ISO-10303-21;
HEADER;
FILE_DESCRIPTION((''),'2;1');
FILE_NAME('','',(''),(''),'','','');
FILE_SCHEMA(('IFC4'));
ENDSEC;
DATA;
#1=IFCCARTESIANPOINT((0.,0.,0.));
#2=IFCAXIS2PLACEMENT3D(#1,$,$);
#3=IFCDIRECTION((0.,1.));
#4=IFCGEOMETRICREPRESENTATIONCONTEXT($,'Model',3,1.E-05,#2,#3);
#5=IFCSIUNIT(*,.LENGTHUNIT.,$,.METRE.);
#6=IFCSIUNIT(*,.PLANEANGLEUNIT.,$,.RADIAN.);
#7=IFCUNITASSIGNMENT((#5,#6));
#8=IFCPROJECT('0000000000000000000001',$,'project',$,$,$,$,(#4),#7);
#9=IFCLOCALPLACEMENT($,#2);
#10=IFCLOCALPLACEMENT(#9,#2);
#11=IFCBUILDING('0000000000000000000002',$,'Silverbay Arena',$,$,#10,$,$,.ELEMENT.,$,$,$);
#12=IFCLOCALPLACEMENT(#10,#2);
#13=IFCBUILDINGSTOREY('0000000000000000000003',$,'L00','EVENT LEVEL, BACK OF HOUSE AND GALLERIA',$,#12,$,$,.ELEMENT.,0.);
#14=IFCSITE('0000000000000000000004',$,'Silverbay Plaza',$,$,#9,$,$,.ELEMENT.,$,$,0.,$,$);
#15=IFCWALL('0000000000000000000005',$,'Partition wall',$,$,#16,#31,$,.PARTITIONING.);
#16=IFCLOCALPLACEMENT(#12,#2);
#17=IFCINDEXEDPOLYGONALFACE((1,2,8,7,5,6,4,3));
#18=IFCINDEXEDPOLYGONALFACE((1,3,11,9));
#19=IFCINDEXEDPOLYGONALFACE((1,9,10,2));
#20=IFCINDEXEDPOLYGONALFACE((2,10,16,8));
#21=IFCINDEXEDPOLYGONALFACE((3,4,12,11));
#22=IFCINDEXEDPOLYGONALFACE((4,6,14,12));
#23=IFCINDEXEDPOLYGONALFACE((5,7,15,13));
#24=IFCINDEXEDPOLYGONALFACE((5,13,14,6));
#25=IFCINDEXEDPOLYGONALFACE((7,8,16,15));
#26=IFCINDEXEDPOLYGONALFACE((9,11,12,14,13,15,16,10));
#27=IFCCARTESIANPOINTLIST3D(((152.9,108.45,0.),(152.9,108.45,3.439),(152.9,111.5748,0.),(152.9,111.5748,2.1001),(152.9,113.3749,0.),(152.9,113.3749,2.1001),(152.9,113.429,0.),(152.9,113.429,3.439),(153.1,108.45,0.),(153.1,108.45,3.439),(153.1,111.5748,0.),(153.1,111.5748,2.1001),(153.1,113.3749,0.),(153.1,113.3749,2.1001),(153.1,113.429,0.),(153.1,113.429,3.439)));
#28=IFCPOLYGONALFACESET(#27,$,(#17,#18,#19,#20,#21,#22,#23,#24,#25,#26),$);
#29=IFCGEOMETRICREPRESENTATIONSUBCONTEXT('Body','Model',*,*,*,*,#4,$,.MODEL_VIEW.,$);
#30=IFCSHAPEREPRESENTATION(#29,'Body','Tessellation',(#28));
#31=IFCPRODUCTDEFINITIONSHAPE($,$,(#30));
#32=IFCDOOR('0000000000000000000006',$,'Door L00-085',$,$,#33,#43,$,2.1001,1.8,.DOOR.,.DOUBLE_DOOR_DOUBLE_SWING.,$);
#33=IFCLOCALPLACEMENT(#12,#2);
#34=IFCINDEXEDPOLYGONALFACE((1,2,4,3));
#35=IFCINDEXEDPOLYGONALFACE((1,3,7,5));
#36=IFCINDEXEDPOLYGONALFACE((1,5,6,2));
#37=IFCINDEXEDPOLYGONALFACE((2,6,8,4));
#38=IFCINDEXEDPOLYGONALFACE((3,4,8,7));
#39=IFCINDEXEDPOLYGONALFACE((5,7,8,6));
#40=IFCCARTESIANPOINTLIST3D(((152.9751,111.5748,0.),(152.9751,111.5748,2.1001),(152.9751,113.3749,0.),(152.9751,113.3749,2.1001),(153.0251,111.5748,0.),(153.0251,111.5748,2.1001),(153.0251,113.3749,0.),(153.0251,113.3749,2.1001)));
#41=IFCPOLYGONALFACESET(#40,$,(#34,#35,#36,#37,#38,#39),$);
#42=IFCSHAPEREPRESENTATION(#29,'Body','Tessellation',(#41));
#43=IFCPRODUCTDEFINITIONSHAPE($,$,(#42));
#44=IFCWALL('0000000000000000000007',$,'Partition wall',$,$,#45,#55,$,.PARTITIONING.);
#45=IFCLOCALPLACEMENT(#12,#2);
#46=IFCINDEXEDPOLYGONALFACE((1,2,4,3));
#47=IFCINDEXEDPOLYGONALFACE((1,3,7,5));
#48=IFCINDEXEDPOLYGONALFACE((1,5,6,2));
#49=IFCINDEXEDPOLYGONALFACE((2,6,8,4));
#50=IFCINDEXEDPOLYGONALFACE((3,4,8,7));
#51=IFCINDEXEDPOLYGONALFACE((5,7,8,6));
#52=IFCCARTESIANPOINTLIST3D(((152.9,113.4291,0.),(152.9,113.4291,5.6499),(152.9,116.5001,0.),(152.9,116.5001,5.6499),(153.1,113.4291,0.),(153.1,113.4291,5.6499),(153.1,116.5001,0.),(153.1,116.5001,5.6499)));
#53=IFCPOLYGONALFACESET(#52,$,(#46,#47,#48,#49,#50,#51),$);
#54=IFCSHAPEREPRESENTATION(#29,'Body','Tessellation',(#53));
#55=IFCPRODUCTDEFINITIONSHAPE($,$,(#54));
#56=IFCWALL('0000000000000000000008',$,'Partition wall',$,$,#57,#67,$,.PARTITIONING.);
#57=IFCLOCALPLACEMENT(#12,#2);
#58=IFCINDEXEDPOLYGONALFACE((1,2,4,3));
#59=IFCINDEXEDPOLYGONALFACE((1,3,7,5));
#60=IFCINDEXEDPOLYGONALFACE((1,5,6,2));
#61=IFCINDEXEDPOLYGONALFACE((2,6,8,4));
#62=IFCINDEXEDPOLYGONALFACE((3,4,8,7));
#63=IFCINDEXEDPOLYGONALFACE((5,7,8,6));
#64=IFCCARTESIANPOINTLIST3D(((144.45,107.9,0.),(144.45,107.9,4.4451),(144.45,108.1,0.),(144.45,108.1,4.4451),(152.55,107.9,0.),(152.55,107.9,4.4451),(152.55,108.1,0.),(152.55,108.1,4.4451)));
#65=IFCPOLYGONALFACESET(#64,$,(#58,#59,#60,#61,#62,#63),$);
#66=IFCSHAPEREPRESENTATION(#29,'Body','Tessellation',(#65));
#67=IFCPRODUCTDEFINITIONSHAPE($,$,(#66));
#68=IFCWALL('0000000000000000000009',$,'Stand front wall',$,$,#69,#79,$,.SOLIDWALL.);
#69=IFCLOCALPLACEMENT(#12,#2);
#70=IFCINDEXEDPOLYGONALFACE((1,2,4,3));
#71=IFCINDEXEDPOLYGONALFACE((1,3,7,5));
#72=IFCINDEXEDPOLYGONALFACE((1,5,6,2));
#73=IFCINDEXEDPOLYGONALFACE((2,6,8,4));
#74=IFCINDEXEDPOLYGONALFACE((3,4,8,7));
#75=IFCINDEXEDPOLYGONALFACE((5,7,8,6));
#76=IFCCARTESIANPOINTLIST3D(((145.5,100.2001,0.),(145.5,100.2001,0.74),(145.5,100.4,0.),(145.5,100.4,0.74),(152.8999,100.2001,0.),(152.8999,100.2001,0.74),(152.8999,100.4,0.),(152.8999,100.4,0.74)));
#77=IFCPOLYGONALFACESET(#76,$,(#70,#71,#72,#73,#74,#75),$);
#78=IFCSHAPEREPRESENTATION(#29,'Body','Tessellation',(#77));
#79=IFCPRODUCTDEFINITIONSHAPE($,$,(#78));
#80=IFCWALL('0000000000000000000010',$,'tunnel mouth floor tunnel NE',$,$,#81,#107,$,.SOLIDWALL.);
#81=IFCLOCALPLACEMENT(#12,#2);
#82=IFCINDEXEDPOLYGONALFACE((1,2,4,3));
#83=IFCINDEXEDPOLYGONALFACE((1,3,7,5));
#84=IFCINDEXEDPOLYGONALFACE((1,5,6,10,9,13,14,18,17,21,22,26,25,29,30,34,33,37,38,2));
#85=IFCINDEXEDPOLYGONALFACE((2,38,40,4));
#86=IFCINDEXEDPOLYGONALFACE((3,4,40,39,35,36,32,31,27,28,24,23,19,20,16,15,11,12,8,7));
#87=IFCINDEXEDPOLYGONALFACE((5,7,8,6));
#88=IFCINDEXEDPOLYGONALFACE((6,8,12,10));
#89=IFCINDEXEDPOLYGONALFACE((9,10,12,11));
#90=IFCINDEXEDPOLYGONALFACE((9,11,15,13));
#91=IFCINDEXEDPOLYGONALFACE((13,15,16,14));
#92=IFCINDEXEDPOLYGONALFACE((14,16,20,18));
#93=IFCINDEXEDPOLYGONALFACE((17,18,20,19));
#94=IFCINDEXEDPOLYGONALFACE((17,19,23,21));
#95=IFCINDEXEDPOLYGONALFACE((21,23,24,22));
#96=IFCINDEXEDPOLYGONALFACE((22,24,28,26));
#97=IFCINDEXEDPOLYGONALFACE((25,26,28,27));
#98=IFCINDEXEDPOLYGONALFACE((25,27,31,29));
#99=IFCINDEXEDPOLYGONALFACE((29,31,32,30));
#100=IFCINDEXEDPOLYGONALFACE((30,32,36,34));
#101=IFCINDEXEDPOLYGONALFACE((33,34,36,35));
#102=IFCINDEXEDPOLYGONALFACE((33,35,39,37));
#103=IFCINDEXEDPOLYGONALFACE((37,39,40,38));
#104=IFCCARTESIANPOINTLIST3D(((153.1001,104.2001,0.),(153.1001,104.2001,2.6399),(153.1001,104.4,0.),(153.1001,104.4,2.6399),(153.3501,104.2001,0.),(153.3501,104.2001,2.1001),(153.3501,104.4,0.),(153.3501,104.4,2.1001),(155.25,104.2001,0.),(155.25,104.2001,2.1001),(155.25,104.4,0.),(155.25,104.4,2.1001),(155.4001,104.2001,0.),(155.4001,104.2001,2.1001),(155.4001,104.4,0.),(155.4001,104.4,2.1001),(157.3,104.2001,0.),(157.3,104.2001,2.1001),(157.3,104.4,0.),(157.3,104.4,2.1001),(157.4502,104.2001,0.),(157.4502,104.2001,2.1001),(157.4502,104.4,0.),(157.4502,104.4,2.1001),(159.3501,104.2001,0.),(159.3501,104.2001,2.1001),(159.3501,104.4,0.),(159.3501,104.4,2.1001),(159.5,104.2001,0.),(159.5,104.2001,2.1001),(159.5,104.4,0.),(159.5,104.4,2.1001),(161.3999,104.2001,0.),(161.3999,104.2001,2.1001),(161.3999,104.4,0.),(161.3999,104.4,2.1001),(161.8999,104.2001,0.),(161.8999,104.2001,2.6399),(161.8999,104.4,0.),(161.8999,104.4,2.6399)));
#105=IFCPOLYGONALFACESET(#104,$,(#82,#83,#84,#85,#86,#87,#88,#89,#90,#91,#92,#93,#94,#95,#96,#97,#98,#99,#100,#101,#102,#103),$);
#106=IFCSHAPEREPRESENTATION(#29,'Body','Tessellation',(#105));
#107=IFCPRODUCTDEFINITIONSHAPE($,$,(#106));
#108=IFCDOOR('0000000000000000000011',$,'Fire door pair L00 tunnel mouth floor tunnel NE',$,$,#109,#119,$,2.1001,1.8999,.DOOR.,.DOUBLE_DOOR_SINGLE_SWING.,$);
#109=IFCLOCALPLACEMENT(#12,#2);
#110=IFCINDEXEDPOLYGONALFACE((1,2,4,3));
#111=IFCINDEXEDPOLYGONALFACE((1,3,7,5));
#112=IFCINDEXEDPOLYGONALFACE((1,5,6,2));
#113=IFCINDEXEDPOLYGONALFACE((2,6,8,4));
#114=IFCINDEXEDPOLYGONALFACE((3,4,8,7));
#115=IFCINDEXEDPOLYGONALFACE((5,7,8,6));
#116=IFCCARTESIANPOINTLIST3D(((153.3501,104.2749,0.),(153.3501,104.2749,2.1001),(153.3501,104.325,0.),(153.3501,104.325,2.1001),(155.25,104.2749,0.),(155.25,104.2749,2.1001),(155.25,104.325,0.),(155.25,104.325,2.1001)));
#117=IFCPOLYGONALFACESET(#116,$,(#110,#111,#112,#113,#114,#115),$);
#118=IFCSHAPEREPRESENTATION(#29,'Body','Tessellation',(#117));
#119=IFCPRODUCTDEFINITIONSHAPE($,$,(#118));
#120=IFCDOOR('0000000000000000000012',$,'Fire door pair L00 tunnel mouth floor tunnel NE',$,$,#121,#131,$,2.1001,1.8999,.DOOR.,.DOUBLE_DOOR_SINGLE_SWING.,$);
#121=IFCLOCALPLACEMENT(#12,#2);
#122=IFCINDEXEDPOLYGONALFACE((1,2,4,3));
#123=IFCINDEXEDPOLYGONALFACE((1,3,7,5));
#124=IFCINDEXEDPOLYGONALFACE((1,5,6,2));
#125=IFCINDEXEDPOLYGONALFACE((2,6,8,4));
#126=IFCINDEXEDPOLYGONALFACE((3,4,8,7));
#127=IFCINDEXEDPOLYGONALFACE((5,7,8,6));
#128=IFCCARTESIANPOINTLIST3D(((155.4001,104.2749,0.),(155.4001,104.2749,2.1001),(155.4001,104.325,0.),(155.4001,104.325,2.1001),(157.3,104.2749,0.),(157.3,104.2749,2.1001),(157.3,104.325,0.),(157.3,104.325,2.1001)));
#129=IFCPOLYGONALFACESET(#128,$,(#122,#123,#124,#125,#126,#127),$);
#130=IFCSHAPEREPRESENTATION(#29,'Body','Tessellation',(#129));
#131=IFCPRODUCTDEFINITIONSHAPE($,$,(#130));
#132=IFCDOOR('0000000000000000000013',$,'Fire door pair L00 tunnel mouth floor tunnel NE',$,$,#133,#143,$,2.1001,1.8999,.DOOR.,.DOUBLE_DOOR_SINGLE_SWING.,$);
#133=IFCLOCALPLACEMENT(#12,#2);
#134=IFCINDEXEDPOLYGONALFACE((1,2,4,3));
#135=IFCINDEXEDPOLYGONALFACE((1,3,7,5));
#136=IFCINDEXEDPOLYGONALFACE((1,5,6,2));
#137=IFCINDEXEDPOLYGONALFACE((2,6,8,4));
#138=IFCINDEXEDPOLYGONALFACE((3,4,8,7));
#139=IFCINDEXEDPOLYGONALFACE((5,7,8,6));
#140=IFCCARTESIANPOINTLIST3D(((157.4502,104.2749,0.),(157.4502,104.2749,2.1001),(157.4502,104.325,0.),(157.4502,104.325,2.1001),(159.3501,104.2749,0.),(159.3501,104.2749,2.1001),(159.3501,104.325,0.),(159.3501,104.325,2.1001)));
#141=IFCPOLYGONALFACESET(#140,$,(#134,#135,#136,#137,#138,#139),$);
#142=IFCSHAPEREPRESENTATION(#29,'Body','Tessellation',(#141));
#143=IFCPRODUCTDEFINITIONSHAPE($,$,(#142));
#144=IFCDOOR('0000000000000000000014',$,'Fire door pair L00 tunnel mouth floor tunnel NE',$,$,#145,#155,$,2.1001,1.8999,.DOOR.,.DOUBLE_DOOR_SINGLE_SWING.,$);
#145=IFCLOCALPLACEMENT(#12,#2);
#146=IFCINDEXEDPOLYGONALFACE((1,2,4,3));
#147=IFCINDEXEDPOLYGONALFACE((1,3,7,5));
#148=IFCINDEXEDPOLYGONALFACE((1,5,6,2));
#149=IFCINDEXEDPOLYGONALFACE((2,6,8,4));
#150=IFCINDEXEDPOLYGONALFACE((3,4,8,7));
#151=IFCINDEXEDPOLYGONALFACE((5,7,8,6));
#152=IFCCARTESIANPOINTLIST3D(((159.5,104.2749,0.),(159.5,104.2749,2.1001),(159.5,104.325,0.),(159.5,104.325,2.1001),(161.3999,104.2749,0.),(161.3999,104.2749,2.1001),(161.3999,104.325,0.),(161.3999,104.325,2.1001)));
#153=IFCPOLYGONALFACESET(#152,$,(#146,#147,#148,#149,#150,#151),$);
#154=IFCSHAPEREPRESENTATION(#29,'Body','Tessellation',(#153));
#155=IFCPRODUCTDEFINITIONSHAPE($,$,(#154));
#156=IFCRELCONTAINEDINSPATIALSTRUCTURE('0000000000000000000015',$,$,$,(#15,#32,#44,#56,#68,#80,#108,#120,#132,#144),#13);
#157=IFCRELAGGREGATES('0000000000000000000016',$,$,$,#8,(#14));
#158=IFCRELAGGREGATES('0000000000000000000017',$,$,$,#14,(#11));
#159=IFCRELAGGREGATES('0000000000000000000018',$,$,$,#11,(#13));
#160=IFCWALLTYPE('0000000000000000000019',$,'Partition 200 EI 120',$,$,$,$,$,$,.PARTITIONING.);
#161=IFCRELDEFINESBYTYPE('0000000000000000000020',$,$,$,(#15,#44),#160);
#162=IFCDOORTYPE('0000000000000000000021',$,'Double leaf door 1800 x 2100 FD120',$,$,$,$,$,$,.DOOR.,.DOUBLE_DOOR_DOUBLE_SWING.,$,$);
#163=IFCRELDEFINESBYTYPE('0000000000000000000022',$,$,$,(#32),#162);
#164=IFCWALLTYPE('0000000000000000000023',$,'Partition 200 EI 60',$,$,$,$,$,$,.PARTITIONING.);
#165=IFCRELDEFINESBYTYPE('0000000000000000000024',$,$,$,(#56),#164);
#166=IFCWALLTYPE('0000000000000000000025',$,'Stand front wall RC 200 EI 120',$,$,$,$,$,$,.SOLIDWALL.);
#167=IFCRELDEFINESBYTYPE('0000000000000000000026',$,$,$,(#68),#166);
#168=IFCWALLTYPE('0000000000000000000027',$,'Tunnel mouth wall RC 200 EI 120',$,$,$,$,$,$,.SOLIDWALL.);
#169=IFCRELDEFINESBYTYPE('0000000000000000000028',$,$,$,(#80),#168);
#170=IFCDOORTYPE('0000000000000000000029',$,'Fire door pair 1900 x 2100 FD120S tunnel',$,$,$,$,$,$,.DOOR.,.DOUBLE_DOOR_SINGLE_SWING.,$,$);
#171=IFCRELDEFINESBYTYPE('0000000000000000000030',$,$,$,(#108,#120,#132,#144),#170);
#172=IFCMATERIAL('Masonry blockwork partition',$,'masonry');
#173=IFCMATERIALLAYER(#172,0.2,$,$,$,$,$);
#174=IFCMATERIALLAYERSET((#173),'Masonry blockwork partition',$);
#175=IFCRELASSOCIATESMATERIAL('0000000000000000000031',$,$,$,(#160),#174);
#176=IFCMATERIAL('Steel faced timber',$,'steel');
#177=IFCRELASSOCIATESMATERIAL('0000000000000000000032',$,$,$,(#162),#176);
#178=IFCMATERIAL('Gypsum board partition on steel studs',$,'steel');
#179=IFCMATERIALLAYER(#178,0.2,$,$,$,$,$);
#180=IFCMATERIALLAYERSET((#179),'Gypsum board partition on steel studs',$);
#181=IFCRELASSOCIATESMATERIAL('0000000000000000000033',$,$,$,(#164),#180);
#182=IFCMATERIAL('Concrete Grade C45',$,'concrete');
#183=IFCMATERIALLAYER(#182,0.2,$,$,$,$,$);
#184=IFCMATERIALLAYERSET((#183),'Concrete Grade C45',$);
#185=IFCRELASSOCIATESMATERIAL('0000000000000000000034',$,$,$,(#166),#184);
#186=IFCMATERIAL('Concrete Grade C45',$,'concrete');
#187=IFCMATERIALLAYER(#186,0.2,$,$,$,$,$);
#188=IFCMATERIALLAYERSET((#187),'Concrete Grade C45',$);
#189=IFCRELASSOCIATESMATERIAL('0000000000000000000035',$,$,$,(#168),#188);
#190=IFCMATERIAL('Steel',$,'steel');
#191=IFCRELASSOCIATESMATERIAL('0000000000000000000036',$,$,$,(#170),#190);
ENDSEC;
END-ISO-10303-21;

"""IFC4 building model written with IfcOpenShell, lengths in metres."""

from ifc_helpers import new_model, si_unit, direction, frame, frame_2d, origin, place, context, subcontext, project, spatial, rectangle, extrude, material, layer, layer_set, type_object, element, fill, save


model = new_model("IFC4")

# Units and contexts
model_context = context("Model", 3, precision=1e-05, world=origin(), true_north=direction((0.0, 1.0)))
body_context = subcontext(model_context, "Body", "Model", "MODEL_VIEW")
ifc_project = project(units=[si_unit("LENGTHUNIT", "METRE"), si_unit("PLANEANGLEUNIT", "RADIAN")], contexts=[model_context])

# Site, building, storey
site_placement = place(None, origin())
site = spatial("IfcSite", under=ifc_project, at=site_placement, Name="Silverbay Plaza", CompositionType="ELEMENT", RefElevation=0.0)
building_placement = place(site_placement, origin())
building = spatial("IfcBuilding", under=site, at=building_placement, Name="Silverbay Arena", CompositionType="ELEMENT")
storey_placement = place(building_placement, origin())
storey = spatial("IfcBuildingStorey", under=building, at=storey_placement, Name="L00", Description="EVENT LEVEL, BACK OF HOUSE AND GALLERIA", CompositionType="ELEMENT", Elevation=0.0)

# Shared definitions
ifc_material_1 = material(Name="Masonry blockwork partition", Category="masonry")
ifc_layer_1 = layer(ifc_material_1, 0.2)
ifc_layer_set_1 = layer_set([ifc_layer_1], Name="Masonry blockwork partition")
wall_type_1 = type_object("IfcWallType", Name="Partition 200 EI 120", PredefinedType="PARTITIONING", material=ifc_layer_set_1)

# Wall, opening, door
wall_1_placement = place(storey_placement, frame((153.0, 108.45, 0.0), z_axis=(0.0, 0.0, 1.0), x_axis=(0.0, 1.0, 0.0)))
wall_1 = element("IfcWall", 1, at=wall_1_placement, inside=storey, type_object=wall_type_1, Name="Partition wall", PredefinedType="PARTITIONING", context=body_context, shape_type="SweptSolid", body=[
    extrude(rectangle(XDim=4.979, YDim=0.2, at=frame_2d((2.4895, 0.0))), origin(), (0.0, 0.0, 1.0), 3.439),
])
opening_1_placement = place(wall_1_placement, frame((3.125, 0.0, 0.0)))
opening_1 = element("IfcOpeningElement", 2, at=opening_1_placement, cuts=wall_1, PredefinedType="OPENING", context=body_context, shape_type="SweptSolid", body=[
    extrude(rectangle(XDim=1.8, YDim=2.1001, at=frame_2d((0.8999, 1.05))), frame((0.0, 0.1099, 0.0), z_axis=(0.0, -1.0, 0.0), x_axis=(1.0, 0.0, 0.0)), (0.0, 0.0, 1.0), 0.22),
])
ifc_material_2 = material(Name="Steel faced timber", Category="steel")
door_type_1 = type_object("IfcDoorType", Name="Double leaf door 1800 x 2100 FD120", OperationType="DOUBLE_DOOR_DOUBLE_SWING", PredefinedType="DOOR", material=ifc_material_2)
door_1_placement = place(opening_1_placement, origin())
door_1 = element("IfcDoor", 3, at=door_1_placement, inside=storey, type_object=door_type_1, Name="Door L00-085", OperationType="DOUBLE_DOOR_DOUBLE_SWING", OverallHeight=2.1001, OverallWidth=1.8, PredefinedType="DOOR", context=body_context, shape_type="SweptSolid", body=[
    extrude(rectangle(XDim=1.8, YDim=2.1001, at=frame_2d((0.8999, 1.05))), frame((0.0, 0.0249, 0.0), z_axis=(0.0, -1.0, 0.0), x_axis=(1.0, 0.0, 0.0)), (0.0, 0.0, 1.0), 0.05),
])
fill(opening_1, door_1)

# Walls
wall_2_placement = place(storey_placement, frame((153.0, 113.429, 0.0), z_axis=(0.0, 0.0, 1.0), x_axis=(0.0, 1.0, 0.0)))
element("IfcWall", 4, at=wall_2_placement, inside=storey, type_object=wall_type_1, Name="Partition wall", PredefinedType="PARTITIONING", context=body_context, shape_type="SweptSolid", body=[
    extrude(rectangle(XDim=3.071, YDim=0.2, at=frame_2d((1.5356, 0.0))), origin(), (0.0, 0.0, 1.0), 5.6499),
])
ifc_material_3 = material(Name="Gypsum board partition on steel studs", Category="steel")
ifc_layer_2 = layer(ifc_material_3, 0.2)
ifc_layer_set_2 = layer_set([ifc_layer_2], Name="Gypsum board partition on steel studs")
wall_type_2 = type_object("IfcWallType", Name="Partition 200 EI 60", PredefinedType="PARTITIONING", material=ifc_layer_set_2)
wall_3_placement = place(storey_placement, frame((144.45, 108.0, 0.0), z_axis=(0.0, 0.0, 1.0), x_axis=(1.0, 0.0, 0.0)))
element("IfcWall", 5, at=wall_3_placement, inside=storey, type_object=wall_type_2, Name="Partition wall", PredefinedType="PARTITIONING", context=body_context, shape_type="SweptSolid", body=[
    extrude(rectangle(XDim=8.1001, YDim=0.2, at=frame_2d((4.05, 0.0))), origin(), (0.0, 0.0, 1.0), 4.4451),
])
ifc_material_4 = material(Name="Concrete Grade C45", Category="concrete")
ifc_layer_3 = layer(ifc_material_4, 0.2)
ifc_layer_set_3 = layer_set([ifc_layer_3], Name="Concrete Grade C45")
wall_type_3 = type_object("IfcWallType", Name="Stand front wall RC 200 EI 120", PredefinedType="SOLIDWALL", material=ifc_layer_set_3)
wall_4_placement = place(storey_placement, frame((145.5, 100.3, 0.0), z_axis=(0.0, 0.0, 1.0), x_axis=(1.0, 0.0, 0.0)))
element("IfcWall", 6, at=wall_4_placement, inside=storey, type_object=wall_type_3, Name="Stand front wall", PredefinedType="SOLIDWALL", context=body_context, shape_type="SweptSolid", body=[
    extrude(rectangle(XDim=7.3999, YDim=0.2, at=frame_2d((3.7, 0.0))), origin(), (0.0, 0.0, 1.0), 0.74),
])

# Wall, openings, doors
ifc_material_5 = material(Name="Concrete Grade C45", Category="concrete")
ifc_layer_4 = layer(ifc_material_5, 0.2)
ifc_layer_set_4 = layer_set([ifc_layer_4], Name="Concrete Grade C45")
wall_type_4 = type_object("IfcWallType", Name="Tunnel mouth wall RC 200 EI 120", PredefinedType="SOLIDWALL", material=ifc_layer_set_4)
wall_5_placement = place(storey_placement, frame((153.1001, 104.3, 0.0), z_axis=(0.0, 0.0, 1.0), x_axis=(1.0, 0.0, 0.0)))
wall_5 = element("IfcWall", 7, at=wall_5_placement, inside=storey, type_object=wall_type_4, Name="tunnel mouth floor tunnel NE", PredefinedType="SOLIDWALL", context=body_context, shape_type="SweptSolid", body=[
    extrude(rectangle(XDim=8.7998, YDim=0.2, at=frame_2d((4.3999, 0.0))), origin(), (0.0, 0.0, 1.0), 2.6399),
])
opening_2_placement = place(wall_5_placement, frame((0.25, 0.0, 0.0)))
opening_2 = element("IfcOpeningElement", 8, at=opening_2_placement, cuts=wall_5, PredefinedType="OPENING", context=body_context, shape_type="SweptSolid", body=[
    extrude(rectangle(XDim=1.8999, YDim=2.1001, at=frame_2d((0.95, 1.05))), frame((0.0, 0.1099, 0.0), z_axis=(0.0, -1.0, 0.0), x_axis=(1.0, 0.0, 0.0)), (0.0, 0.0, 1.0), 0.22),
])
opening_3_placement = place(wall_5_placement, frame((2.3, 0.0, 0.0)))
opening_3 = element("IfcOpeningElement", 9, at=opening_3_placement, cuts=wall_5, PredefinedType="OPENING", context=body_context, shape_type="SweptSolid", body=[
    extrude(rectangle(XDim=1.8999, YDim=2.1001, at=frame_2d((0.95, 1.05))), frame((0.0, 0.1099, 0.0), z_axis=(0.0, -1.0, 0.0), x_axis=(1.0, 0.0, 0.0)), (0.0, 0.0, 1.0), 0.22),
])
opening_4_placement = place(wall_5_placement, frame((4.3501, 0.0, 0.0)))
opening_4 = element("IfcOpeningElement", 10, at=opening_4_placement, cuts=wall_5, PredefinedType="OPENING", context=body_context, shape_type="SweptSolid", body=[
    extrude(rectangle(XDim=1.8999, YDim=2.1001, at=frame_2d((0.95, 1.05))), frame((0.0, 0.1099, 0.0), z_axis=(0.0, -1.0, 0.0), x_axis=(1.0, 0.0, 0.0)), (0.0, 0.0, 1.0), 0.22),
])
opening_5_placement = place(wall_5_placement, frame((6.3999, 0.0, 0.0)))
opening_5 = element("IfcOpeningElement", 11, at=opening_5_placement, cuts=wall_5, PredefinedType="OPENING", context=body_context, shape_type="SweptSolid", body=[
    extrude(rectangle(XDim=1.8999, YDim=2.1001, at=frame_2d((0.95, 1.05))), frame((0.0, 0.1099, 0.0), z_axis=(0.0, -1.0, 0.0), x_axis=(1.0, 0.0, 0.0)), (0.0, 0.0, 1.0), 0.22),
])
ifc_material_6 = material(Name="Steel", Category="steel")
door_type_2 = type_object("IfcDoorType", Name="Fire door pair 1900 x 2100 FD120S tunnel", OperationType="DOUBLE_DOOR_SINGLE_SWING", PredefinedType="DOOR", material=ifc_material_6)
door_2_placement = place(opening_2_placement, origin())
door_2 = element("IfcDoor", 12, at=door_2_placement, inside=storey, type_object=door_type_2, Name="Fire door pair L00 tunnel mouth floor tunnel NE", OperationType="DOUBLE_DOOR_SINGLE_SWING", OverallHeight=2.1001, OverallWidth=1.8999, PredefinedType="DOOR", context=body_context, shape_type="SweptSolid", body=[
    extrude(rectangle(XDim=1.8999, YDim=2.1001, at=frame_2d((0.95, 1.05))), frame((0.0, 0.0249, 0.0), z_axis=(0.0, -1.0, 0.0), x_axis=(1.0, 0.0, 0.0)), (0.0, 0.0, 1.0), 0.05),
])
fill(opening_2, door_2)
door_3_placement = place(opening_3_placement, origin())
door_3 = element("IfcDoor", 13, at=door_3_placement, inside=storey, type_object=door_type_2, Name="Fire door pair L00 tunnel mouth floor tunnel NE", OperationType="DOUBLE_DOOR_SINGLE_SWING", OverallHeight=2.1001, OverallWidth=1.8999, PredefinedType="DOOR", context=body_context, shape_type="SweptSolid", body=[
    extrude(rectangle(XDim=1.8999, YDim=2.1001, at=frame_2d((0.95, 1.05))), frame((0.0, 0.0249, 0.0), z_axis=(0.0, -1.0, 0.0), x_axis=(1.0, 0.0, 0.0)), (0.0, 0.0, 1.0), 0.05),
])
fill(opening_3, door_3)
door_4_placement = place(opening_4_placement, origin())
door_4 = element("IfcDoor", 14, at=door_4_placement, inside=storey, type_object=door_type_2, Name="Fire door pair L00 tunnel mouth floor tunnel NE", OperationType="DOUBLE_DOOR_SINGLE_SWING", OverallHeight=2.1001, OverallWidth=1.8999, PredefinedType="DOOR", context=body_context, shape_type="SweptSolid", body=[
    extrude(rectangle(XDim=1.8999, YDim=2.1001, at=frame_2d((0.95, 1.05))), frame((0.0, 0.0249, 0.0), z_axis=(0.0, -1.0, 0.0), x_axis=(1.0, 0.0, 0.0)), (0.0, 0.0, 1.0), 0.05),
])
fill(opening_4, door_4)
door_5_placement = place(opening_5_placement, origin())
door_5 = element("IfcDoor", 15, at=door_5_placement, inside=storey, type_object=door_type_2, Name="Fire door pair L00 tunnel mouth floor tunnel NE", OperationType="DOUBLE_DOOR_SINGLE_SWING", OverallHeight=2.1001, OverallWidth=1.8999, PredefinedType="DOOR", context=body_context, shape_type="SweptSolid", body=[
    extrude(rectangle(XDim=1.8999, YDim=2.1001, at=frame_2d((0.95, 1.05))), frame((0.0, 0.0249, 0.0), z_axis=(0.0, -1.0, 0.0), x_axis=(1.0, 0.0, 0.0)), (0.0, 0.0, 1.0), 0.05),
])
fill(opening_5, door_5)

save(model, "model.ifc")
